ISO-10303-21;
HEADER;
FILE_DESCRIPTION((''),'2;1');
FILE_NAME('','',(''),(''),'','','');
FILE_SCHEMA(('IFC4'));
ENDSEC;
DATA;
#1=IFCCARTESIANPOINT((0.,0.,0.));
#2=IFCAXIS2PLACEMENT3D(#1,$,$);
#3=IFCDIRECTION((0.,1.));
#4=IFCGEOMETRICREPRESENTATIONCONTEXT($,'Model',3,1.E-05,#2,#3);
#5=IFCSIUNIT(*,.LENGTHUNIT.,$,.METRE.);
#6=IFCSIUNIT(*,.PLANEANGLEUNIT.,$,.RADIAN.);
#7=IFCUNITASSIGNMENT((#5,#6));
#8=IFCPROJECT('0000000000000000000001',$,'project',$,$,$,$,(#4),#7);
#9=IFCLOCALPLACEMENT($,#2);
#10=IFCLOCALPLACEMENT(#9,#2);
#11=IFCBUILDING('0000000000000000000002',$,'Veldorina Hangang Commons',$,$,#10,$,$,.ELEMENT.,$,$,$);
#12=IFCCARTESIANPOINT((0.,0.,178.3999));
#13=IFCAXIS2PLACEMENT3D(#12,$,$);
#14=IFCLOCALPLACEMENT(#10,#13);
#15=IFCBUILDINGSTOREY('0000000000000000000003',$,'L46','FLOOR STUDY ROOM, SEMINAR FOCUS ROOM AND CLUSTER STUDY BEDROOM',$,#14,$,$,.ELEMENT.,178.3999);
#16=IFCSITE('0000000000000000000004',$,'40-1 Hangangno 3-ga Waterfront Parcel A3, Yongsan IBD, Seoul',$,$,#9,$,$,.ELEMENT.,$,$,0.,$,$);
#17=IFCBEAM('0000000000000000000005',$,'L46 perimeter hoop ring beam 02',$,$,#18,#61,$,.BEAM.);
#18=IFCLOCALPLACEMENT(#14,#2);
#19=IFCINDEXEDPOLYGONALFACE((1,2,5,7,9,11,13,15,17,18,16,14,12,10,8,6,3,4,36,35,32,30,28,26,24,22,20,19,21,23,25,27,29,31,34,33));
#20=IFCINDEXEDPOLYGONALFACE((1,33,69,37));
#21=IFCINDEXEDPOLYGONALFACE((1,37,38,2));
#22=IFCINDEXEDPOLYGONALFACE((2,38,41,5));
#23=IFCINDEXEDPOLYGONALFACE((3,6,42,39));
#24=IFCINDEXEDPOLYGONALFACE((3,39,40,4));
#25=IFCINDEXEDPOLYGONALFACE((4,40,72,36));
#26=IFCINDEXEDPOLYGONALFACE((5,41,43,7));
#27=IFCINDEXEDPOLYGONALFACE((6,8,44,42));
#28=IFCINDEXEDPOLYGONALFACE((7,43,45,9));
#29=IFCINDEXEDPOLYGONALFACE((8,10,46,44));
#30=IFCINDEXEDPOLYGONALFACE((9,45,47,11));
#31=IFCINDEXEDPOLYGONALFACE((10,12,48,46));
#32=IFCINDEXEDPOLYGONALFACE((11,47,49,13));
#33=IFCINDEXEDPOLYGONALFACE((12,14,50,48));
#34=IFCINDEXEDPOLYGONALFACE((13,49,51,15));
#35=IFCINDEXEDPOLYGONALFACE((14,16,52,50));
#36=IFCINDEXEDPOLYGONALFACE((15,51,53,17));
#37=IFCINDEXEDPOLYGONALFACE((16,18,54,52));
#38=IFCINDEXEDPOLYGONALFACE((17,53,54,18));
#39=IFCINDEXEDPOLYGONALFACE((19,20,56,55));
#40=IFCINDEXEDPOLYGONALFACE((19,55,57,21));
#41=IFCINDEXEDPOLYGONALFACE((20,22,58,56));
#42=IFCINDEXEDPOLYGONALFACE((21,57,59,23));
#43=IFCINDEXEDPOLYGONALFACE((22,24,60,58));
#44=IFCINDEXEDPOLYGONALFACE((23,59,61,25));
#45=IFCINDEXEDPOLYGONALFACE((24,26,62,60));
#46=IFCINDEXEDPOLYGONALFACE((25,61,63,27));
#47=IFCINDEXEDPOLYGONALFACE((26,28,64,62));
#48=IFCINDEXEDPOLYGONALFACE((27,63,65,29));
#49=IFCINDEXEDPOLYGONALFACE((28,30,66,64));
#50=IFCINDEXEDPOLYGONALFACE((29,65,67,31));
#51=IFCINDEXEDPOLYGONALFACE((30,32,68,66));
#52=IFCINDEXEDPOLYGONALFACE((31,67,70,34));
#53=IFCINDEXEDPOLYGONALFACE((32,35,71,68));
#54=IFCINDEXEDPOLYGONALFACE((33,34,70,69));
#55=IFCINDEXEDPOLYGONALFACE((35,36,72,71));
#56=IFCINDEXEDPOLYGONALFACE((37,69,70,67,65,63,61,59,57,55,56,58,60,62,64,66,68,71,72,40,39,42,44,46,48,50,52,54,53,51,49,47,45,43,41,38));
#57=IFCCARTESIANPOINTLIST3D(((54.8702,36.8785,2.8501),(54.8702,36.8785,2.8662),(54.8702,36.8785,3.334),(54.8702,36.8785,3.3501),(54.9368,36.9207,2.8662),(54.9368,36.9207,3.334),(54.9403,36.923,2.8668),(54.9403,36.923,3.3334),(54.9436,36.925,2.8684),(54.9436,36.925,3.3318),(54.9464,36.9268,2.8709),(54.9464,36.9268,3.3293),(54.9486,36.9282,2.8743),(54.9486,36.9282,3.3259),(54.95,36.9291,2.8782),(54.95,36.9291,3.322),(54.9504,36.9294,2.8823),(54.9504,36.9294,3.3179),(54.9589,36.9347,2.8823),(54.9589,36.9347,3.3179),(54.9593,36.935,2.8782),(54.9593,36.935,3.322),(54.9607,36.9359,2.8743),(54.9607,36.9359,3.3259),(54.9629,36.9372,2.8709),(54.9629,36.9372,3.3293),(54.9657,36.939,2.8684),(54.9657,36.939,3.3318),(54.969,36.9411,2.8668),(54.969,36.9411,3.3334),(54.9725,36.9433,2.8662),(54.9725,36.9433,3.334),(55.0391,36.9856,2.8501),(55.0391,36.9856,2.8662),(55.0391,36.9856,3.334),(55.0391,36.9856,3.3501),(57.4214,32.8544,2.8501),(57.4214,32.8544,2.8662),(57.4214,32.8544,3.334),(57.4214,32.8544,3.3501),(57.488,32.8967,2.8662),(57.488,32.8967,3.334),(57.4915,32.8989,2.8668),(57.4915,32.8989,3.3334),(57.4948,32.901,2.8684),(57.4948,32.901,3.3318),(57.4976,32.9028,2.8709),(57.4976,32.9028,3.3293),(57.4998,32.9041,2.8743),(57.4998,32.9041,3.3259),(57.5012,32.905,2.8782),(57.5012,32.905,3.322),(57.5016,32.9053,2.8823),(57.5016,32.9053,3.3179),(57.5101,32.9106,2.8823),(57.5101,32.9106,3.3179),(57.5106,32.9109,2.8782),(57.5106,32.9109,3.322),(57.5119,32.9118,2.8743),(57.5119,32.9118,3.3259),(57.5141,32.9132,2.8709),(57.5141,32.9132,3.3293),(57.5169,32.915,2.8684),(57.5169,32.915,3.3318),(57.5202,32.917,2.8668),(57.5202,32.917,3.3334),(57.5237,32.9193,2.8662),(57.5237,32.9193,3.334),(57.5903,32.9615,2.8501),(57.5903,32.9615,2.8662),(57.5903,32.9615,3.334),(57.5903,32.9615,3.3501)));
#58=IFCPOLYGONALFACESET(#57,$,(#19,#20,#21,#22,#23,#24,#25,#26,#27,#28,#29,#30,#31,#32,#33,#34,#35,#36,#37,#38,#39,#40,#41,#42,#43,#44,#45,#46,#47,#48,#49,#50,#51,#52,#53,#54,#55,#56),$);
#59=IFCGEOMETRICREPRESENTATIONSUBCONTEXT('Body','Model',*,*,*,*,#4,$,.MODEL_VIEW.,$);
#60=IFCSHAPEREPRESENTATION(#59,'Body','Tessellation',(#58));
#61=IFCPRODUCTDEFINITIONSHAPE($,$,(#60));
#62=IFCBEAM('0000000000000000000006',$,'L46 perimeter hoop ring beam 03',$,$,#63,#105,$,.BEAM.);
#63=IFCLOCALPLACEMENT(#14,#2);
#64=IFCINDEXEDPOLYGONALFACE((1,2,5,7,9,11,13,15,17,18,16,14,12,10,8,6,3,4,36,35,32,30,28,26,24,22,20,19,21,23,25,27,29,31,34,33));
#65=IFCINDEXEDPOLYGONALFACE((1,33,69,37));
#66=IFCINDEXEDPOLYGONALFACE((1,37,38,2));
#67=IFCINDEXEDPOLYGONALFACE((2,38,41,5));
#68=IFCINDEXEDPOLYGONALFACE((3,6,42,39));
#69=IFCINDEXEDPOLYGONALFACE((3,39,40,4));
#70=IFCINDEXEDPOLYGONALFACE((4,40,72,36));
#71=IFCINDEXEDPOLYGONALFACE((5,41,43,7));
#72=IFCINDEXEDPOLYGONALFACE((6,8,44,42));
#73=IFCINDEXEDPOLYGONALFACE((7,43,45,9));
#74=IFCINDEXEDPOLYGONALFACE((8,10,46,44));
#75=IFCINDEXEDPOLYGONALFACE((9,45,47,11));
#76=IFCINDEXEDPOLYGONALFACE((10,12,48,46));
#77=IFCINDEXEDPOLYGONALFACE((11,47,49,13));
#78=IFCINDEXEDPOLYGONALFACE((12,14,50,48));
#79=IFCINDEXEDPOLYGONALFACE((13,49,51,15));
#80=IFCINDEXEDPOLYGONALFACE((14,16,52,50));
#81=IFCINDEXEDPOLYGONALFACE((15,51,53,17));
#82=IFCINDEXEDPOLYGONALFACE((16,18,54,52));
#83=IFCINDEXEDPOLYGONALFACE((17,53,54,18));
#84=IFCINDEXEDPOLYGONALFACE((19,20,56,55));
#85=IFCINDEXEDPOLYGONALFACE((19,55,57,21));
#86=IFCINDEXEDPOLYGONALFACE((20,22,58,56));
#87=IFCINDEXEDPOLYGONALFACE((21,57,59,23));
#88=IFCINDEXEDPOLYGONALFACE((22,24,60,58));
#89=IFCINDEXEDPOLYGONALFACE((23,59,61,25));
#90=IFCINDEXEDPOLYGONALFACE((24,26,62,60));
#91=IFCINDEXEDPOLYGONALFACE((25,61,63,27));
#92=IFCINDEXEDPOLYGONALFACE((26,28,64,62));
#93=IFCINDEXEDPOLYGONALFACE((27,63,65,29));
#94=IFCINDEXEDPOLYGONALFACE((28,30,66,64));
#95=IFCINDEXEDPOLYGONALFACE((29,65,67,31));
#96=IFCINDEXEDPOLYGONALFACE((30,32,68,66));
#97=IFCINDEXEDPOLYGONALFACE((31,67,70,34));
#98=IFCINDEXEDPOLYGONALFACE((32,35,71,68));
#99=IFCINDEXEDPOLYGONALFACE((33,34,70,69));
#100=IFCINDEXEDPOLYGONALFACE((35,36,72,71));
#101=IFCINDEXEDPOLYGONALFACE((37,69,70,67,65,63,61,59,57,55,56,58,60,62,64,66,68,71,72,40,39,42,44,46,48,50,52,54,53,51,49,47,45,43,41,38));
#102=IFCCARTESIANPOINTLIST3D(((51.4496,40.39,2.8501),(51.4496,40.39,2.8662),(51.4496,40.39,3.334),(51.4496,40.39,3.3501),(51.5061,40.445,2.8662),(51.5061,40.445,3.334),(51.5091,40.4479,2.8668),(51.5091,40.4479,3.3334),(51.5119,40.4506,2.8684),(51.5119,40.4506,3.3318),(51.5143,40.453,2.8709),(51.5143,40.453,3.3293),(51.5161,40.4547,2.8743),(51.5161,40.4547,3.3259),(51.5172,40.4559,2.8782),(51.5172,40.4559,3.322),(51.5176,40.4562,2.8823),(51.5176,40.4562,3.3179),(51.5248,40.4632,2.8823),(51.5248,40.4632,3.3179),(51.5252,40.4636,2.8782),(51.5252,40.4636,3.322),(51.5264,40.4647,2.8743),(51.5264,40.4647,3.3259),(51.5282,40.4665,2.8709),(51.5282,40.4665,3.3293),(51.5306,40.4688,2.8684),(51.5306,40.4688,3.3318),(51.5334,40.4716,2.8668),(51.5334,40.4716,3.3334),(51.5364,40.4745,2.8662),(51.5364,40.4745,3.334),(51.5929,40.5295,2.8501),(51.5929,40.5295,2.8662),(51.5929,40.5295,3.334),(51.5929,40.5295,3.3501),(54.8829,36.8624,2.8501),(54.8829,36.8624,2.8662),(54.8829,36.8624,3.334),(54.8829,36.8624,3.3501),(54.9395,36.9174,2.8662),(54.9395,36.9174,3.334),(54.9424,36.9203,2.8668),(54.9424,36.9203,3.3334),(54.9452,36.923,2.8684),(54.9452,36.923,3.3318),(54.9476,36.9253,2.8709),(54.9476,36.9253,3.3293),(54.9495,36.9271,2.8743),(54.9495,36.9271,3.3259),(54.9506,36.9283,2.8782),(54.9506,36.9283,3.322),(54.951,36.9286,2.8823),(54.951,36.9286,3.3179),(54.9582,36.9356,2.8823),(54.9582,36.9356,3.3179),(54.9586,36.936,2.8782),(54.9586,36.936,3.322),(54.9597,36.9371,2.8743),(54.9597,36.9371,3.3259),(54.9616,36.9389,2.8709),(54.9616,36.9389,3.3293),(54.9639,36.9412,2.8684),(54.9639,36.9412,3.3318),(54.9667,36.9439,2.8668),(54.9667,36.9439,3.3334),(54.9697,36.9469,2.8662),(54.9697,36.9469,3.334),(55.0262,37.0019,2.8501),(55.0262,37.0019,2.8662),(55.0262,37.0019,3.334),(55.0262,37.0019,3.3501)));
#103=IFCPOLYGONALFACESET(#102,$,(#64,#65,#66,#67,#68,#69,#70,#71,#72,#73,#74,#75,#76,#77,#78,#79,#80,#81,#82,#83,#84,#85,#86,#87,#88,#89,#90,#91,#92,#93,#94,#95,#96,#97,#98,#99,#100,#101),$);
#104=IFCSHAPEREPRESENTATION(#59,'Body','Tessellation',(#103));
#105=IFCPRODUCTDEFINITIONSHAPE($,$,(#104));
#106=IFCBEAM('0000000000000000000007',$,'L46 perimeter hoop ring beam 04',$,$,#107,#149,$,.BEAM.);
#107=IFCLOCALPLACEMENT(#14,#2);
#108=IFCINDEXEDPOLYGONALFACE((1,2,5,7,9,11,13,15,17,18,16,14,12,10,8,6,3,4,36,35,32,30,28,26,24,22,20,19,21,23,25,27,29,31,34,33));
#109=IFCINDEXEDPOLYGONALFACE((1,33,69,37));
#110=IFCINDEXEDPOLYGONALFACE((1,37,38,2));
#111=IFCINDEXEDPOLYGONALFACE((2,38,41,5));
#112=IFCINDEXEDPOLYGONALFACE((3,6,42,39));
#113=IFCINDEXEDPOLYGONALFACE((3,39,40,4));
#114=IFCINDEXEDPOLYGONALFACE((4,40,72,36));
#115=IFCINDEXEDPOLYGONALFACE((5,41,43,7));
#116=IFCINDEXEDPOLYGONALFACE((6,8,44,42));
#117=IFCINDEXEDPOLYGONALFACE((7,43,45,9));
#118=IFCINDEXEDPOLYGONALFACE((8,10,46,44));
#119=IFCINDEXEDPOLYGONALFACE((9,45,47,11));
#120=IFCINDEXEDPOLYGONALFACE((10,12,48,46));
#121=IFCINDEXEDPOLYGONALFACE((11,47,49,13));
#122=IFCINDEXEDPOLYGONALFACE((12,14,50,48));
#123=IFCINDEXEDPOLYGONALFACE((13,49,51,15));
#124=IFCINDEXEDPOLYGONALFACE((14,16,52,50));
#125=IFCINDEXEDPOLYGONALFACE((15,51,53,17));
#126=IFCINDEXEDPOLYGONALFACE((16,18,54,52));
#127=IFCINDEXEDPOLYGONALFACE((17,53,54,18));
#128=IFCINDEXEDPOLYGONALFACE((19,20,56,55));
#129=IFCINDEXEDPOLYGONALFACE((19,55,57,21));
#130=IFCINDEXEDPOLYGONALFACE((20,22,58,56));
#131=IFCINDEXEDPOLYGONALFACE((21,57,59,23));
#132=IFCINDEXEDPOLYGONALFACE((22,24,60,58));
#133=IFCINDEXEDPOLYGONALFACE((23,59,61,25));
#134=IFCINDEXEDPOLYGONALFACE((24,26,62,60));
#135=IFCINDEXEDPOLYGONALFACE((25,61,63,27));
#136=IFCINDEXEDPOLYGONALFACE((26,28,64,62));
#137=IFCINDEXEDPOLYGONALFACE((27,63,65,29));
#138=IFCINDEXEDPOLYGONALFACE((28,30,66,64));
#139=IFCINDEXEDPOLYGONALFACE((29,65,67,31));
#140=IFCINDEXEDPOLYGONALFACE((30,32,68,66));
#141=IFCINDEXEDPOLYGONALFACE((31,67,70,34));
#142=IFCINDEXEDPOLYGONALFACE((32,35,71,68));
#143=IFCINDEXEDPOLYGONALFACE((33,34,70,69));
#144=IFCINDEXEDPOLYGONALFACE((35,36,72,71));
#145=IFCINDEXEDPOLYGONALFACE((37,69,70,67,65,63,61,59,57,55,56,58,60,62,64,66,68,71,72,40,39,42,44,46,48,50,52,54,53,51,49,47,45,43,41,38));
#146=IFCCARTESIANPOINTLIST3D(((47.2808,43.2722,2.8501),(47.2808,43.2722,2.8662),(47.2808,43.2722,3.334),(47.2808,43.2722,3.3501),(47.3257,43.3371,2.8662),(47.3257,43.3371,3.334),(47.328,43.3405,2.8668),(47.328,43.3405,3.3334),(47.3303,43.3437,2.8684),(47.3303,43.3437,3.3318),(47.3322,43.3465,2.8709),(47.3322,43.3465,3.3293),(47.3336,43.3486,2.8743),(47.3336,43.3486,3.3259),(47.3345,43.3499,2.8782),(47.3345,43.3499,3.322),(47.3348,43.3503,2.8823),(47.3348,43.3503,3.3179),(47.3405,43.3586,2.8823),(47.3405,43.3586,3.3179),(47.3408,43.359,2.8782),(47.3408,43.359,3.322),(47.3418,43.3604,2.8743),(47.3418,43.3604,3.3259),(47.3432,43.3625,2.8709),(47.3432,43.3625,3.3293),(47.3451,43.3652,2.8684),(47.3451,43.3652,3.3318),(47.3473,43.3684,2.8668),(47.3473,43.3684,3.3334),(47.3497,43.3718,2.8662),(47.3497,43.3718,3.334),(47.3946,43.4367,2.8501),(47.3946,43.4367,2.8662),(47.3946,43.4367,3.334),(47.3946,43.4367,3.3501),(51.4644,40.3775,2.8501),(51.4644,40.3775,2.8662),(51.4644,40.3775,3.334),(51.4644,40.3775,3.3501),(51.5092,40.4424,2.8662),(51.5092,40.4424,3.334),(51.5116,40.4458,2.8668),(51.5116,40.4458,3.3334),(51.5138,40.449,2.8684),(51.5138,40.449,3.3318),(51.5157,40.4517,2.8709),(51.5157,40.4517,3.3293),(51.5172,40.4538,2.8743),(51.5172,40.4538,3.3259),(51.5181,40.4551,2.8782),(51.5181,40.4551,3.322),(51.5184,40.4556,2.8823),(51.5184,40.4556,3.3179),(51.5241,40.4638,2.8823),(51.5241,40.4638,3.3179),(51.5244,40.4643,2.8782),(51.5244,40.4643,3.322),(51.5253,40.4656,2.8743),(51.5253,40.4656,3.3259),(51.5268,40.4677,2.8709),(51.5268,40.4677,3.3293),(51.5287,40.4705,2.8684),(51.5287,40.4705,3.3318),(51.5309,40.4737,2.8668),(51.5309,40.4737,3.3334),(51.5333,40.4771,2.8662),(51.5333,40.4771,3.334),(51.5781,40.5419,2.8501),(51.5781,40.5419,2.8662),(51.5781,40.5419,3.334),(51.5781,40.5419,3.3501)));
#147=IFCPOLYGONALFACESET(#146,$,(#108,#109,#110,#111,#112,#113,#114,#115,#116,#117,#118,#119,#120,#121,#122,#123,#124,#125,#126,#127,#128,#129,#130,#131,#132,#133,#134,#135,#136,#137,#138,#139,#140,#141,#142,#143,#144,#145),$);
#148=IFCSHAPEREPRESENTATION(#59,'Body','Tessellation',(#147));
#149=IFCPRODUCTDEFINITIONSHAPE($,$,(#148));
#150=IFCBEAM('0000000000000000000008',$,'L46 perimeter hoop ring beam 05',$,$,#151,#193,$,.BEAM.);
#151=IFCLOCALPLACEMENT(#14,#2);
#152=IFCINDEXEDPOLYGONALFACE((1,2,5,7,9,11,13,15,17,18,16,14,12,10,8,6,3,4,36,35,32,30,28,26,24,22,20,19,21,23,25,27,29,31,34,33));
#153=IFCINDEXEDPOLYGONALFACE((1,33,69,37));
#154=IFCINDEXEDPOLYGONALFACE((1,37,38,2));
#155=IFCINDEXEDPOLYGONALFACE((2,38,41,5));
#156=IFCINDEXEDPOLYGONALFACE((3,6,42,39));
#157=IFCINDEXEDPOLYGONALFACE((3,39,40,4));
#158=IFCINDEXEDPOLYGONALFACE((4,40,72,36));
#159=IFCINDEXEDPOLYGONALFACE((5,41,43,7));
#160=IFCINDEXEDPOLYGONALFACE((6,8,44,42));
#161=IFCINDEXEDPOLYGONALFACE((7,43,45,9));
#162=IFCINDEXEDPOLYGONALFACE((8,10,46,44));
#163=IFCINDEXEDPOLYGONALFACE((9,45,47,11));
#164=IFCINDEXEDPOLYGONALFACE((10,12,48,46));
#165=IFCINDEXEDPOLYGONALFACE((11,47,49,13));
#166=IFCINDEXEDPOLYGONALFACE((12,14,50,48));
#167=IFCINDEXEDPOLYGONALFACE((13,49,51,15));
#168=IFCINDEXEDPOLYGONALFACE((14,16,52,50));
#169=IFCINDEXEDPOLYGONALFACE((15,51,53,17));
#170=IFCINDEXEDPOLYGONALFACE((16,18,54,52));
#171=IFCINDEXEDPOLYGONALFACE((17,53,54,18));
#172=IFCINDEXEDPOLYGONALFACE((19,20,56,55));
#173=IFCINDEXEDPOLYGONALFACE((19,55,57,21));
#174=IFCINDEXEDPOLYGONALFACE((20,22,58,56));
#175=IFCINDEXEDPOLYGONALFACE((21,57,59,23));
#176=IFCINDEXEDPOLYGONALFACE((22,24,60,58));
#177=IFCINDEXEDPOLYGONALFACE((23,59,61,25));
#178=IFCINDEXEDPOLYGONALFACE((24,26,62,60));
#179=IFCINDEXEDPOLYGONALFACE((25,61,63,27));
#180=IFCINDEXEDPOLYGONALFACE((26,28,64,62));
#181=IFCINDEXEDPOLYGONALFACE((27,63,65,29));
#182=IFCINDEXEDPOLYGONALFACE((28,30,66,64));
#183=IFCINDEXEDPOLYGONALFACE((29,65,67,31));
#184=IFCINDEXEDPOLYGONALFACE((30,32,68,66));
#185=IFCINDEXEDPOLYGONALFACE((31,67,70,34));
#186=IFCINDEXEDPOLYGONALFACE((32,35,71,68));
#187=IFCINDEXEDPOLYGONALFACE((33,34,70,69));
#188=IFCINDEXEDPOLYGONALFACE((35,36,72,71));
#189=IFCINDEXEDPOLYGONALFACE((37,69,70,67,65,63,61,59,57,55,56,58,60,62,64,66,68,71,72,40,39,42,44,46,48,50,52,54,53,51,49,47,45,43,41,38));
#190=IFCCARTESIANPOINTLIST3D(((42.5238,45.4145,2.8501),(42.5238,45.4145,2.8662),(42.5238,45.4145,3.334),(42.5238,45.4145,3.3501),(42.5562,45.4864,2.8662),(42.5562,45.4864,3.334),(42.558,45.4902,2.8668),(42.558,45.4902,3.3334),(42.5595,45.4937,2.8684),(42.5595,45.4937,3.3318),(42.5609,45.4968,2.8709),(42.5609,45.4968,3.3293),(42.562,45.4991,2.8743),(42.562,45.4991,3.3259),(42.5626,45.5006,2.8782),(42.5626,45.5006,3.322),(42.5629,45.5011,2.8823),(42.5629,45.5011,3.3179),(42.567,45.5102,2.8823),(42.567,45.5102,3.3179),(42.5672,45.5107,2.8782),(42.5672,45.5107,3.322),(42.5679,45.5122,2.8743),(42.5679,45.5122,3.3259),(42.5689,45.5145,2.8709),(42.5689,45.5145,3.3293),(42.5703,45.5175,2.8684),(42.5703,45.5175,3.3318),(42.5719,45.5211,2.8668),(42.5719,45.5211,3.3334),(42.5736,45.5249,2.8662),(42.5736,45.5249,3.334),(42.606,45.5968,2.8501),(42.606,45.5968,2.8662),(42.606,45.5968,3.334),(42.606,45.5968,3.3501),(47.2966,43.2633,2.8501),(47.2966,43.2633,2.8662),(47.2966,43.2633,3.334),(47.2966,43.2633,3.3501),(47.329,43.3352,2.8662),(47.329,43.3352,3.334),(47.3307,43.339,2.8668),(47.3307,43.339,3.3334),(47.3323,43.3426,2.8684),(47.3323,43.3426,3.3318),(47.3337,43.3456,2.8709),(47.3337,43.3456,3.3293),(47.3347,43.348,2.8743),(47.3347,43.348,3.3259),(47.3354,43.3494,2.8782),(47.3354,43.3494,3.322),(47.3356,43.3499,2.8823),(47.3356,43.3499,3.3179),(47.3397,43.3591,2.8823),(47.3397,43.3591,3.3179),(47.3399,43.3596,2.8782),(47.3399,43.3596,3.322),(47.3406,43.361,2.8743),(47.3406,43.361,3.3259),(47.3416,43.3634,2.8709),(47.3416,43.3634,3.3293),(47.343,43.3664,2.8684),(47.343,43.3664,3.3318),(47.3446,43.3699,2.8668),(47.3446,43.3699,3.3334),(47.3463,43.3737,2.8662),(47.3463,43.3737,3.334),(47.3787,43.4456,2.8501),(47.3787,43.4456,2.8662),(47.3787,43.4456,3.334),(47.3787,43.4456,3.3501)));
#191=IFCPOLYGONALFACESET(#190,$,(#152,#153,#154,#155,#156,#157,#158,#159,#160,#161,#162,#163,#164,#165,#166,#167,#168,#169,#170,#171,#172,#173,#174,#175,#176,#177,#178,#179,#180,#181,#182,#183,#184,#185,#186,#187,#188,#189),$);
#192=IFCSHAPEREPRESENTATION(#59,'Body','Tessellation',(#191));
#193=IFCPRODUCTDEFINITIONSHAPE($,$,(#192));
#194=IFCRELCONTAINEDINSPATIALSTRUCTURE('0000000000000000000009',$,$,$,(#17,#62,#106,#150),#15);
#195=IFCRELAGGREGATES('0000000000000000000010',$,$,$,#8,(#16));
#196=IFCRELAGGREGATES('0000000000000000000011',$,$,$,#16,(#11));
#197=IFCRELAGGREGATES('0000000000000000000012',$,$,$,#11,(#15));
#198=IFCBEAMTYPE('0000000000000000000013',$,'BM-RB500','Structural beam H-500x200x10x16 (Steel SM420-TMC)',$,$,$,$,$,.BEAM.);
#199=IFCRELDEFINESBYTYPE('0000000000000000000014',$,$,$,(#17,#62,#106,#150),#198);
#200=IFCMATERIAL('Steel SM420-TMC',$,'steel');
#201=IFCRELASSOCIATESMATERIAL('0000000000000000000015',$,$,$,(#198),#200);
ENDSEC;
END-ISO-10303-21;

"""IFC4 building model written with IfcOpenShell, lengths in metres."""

from ifc_helpers import new_model, si_unit, direction, frame, origin, origin_2d, place, context, subcontext, project, spatial, i_section, extrude, material, material_profile, profile_set, type_object, element, save


model = new_model("IFC4")

# Units and contexts
model_context = context("Model", 3, precision=1e-05, world=origin(), true_north=direction((0.0, 1.0)))
body_context = subcontext(model_context, "Body", "Model", "MODEL_VIEW")
ifc_project = project(units=[si_unit("LENGTHUNIT", "METRE"), si_unit("PLANEANGLEUNIT", "RADIAN")], contexts=[model_context])

# Site, building, storey
site_placement = place(None, origin())
site = spatial("IfcSite", under=ifc_project, at=site_placement, Name="40-1 Hangangno 3-ga Waterfront Parcel A3, Yongsan IBD, Seoul", CompositionType="ELEMENT", RefElevation=0.0)
building_placement = place(site_placement, origin())
building = spatial("IfcBuilding", under=site, at=building_placement, Name="Veldorina Hangang Commons", CompositionType="ELEMENT")
storey_placement = place(building_placement, frame((0.0, 0.0, 178.3999)))
storey = spatial("IfcBuildingStorey", under=building, at=storey_placement, Name="L46", Description="FLOOR STUDY ROOM, SEMINAR FOCUS ROOM AND CLUSTER STUDY BEDROOM", CompositionType="ELEMENT", Elevation=178.3999)

# Beams
ifc_material_1 = material(Name="Steel SM420-TMC", Category="steel")
ifc_material_profile_1 = material_profile(ifc_material_1, i_section(OverallWidth=0.2, OverallDepth=0.5, WebThickness=0.01, FlangeThickness=0.0161, FilletRadius=0.0161, at=origin_2d()), Name="H-500x200x10x16")
ifc_profile_set_1 = profile_set([ifc_material_profile_1], Name="Steel SM420-TMC")
beam_type = type_object("IfcBeamType", Name="BM-RB500", Description="Structural beam H-500x200x10x16 (Steel SM420-TMC)", PredefinedType="BEAM", material=ifc_profile_set_1)
beam_1_placement = place(storey_placement, frame((57.5059, 32.908, 3.1001), z_axis=(-0.535446, 0.84457, 0.0), x_axis=(-0.84457, -0.535446, 0.0)))
element("IfcBeam", 1, at=beam_1_placement, inside=storey, type_object=beam_type, Name="L46 perimeter hoop ring beam 02", PredefinedType="BEAM", context=body_context, shape_type="SweptSolid", body=[
    extrude(i_section(OverallWidth=0.2, OverallDepth=0.5, WebThickness=0.01, FlangeThickness=0.0161, FilletRadius=0.0161, at=origin_2d()), origin(), (0.0, 0.0, 1.0), 4.7646),
])
beam_2_placement = place(storey_placement, frame((54.9546, 36.9321, 3.1001), z_axis=(-0.69747, 0.716614, 0.0), x_axis=(-0.716614, -0.69747, 0.0)))
element("IfcBeam", 2, at=beam_2_placement, inside=storey, type_object=beam_type, Name="L46 perimeter hoop ring beam 03", PredefinedType="BEAM", context=body_context, shape_type="SweptSolid", body=[
    extrude(i_section(OverallWidth=0.2, OverallDepth=0.5, WebThickness=0.01, FlangeThickness=0.0161, FilletRadius=0.0161, at=origin_2d()), origin(), (0.0, 0.0, 1.0), 4.9226),
])
beam_3_placement = place(storey_placement, frame((51.5212, 40.4597, 3.1001), z_axis=(-0.822336, 0.569003, 0.0), x_axis=(-0.569003, -0.822336, 0.0)))
element("IfcBeam", 3, at=beam_3_placement, inside=storey, type_object=beam_type, Name="L46 perimeter hoop ring beam 04", PredefinedType="BEAM", context=body_context, shape_type="SweptSolid", body=[
    extrude(i_section(OverallWidth=0.2, OverallDepth=0.5, WebThickness=0.01, FlangeThickness=0.0161, FilletRadius=0.0161, at=origin_2d()), origin(), (0.0, 0.0, 1.0), 5.0874),
])
beam_4_placement = place(storey_placement, frame((47.3376, 43.3545, 3.1001), z_axis=(-0.911678, 0.410906, 0.0), x_axis=(-0.410906, -0.911678, 0.0)))
element("IfcBeam", 4, at=beam_4_placement, inside=storey, type_object=beam_type, Name="L46 perimeter hoop ring beam 05", PredefinedType="BEAM", context=body_context, shape_type="SweptSolid", body=[
    extrude(i_section(OverallWidth=0.2, OverallDepth=0.5, WebThickness=0.01, FlangeThickness=0.0161, FilletRadius=0.0161, at=origin_2d()), origin(), (0.0, 0.0, 1.0), 5.2351),
])

save(model, "model.ifc")
